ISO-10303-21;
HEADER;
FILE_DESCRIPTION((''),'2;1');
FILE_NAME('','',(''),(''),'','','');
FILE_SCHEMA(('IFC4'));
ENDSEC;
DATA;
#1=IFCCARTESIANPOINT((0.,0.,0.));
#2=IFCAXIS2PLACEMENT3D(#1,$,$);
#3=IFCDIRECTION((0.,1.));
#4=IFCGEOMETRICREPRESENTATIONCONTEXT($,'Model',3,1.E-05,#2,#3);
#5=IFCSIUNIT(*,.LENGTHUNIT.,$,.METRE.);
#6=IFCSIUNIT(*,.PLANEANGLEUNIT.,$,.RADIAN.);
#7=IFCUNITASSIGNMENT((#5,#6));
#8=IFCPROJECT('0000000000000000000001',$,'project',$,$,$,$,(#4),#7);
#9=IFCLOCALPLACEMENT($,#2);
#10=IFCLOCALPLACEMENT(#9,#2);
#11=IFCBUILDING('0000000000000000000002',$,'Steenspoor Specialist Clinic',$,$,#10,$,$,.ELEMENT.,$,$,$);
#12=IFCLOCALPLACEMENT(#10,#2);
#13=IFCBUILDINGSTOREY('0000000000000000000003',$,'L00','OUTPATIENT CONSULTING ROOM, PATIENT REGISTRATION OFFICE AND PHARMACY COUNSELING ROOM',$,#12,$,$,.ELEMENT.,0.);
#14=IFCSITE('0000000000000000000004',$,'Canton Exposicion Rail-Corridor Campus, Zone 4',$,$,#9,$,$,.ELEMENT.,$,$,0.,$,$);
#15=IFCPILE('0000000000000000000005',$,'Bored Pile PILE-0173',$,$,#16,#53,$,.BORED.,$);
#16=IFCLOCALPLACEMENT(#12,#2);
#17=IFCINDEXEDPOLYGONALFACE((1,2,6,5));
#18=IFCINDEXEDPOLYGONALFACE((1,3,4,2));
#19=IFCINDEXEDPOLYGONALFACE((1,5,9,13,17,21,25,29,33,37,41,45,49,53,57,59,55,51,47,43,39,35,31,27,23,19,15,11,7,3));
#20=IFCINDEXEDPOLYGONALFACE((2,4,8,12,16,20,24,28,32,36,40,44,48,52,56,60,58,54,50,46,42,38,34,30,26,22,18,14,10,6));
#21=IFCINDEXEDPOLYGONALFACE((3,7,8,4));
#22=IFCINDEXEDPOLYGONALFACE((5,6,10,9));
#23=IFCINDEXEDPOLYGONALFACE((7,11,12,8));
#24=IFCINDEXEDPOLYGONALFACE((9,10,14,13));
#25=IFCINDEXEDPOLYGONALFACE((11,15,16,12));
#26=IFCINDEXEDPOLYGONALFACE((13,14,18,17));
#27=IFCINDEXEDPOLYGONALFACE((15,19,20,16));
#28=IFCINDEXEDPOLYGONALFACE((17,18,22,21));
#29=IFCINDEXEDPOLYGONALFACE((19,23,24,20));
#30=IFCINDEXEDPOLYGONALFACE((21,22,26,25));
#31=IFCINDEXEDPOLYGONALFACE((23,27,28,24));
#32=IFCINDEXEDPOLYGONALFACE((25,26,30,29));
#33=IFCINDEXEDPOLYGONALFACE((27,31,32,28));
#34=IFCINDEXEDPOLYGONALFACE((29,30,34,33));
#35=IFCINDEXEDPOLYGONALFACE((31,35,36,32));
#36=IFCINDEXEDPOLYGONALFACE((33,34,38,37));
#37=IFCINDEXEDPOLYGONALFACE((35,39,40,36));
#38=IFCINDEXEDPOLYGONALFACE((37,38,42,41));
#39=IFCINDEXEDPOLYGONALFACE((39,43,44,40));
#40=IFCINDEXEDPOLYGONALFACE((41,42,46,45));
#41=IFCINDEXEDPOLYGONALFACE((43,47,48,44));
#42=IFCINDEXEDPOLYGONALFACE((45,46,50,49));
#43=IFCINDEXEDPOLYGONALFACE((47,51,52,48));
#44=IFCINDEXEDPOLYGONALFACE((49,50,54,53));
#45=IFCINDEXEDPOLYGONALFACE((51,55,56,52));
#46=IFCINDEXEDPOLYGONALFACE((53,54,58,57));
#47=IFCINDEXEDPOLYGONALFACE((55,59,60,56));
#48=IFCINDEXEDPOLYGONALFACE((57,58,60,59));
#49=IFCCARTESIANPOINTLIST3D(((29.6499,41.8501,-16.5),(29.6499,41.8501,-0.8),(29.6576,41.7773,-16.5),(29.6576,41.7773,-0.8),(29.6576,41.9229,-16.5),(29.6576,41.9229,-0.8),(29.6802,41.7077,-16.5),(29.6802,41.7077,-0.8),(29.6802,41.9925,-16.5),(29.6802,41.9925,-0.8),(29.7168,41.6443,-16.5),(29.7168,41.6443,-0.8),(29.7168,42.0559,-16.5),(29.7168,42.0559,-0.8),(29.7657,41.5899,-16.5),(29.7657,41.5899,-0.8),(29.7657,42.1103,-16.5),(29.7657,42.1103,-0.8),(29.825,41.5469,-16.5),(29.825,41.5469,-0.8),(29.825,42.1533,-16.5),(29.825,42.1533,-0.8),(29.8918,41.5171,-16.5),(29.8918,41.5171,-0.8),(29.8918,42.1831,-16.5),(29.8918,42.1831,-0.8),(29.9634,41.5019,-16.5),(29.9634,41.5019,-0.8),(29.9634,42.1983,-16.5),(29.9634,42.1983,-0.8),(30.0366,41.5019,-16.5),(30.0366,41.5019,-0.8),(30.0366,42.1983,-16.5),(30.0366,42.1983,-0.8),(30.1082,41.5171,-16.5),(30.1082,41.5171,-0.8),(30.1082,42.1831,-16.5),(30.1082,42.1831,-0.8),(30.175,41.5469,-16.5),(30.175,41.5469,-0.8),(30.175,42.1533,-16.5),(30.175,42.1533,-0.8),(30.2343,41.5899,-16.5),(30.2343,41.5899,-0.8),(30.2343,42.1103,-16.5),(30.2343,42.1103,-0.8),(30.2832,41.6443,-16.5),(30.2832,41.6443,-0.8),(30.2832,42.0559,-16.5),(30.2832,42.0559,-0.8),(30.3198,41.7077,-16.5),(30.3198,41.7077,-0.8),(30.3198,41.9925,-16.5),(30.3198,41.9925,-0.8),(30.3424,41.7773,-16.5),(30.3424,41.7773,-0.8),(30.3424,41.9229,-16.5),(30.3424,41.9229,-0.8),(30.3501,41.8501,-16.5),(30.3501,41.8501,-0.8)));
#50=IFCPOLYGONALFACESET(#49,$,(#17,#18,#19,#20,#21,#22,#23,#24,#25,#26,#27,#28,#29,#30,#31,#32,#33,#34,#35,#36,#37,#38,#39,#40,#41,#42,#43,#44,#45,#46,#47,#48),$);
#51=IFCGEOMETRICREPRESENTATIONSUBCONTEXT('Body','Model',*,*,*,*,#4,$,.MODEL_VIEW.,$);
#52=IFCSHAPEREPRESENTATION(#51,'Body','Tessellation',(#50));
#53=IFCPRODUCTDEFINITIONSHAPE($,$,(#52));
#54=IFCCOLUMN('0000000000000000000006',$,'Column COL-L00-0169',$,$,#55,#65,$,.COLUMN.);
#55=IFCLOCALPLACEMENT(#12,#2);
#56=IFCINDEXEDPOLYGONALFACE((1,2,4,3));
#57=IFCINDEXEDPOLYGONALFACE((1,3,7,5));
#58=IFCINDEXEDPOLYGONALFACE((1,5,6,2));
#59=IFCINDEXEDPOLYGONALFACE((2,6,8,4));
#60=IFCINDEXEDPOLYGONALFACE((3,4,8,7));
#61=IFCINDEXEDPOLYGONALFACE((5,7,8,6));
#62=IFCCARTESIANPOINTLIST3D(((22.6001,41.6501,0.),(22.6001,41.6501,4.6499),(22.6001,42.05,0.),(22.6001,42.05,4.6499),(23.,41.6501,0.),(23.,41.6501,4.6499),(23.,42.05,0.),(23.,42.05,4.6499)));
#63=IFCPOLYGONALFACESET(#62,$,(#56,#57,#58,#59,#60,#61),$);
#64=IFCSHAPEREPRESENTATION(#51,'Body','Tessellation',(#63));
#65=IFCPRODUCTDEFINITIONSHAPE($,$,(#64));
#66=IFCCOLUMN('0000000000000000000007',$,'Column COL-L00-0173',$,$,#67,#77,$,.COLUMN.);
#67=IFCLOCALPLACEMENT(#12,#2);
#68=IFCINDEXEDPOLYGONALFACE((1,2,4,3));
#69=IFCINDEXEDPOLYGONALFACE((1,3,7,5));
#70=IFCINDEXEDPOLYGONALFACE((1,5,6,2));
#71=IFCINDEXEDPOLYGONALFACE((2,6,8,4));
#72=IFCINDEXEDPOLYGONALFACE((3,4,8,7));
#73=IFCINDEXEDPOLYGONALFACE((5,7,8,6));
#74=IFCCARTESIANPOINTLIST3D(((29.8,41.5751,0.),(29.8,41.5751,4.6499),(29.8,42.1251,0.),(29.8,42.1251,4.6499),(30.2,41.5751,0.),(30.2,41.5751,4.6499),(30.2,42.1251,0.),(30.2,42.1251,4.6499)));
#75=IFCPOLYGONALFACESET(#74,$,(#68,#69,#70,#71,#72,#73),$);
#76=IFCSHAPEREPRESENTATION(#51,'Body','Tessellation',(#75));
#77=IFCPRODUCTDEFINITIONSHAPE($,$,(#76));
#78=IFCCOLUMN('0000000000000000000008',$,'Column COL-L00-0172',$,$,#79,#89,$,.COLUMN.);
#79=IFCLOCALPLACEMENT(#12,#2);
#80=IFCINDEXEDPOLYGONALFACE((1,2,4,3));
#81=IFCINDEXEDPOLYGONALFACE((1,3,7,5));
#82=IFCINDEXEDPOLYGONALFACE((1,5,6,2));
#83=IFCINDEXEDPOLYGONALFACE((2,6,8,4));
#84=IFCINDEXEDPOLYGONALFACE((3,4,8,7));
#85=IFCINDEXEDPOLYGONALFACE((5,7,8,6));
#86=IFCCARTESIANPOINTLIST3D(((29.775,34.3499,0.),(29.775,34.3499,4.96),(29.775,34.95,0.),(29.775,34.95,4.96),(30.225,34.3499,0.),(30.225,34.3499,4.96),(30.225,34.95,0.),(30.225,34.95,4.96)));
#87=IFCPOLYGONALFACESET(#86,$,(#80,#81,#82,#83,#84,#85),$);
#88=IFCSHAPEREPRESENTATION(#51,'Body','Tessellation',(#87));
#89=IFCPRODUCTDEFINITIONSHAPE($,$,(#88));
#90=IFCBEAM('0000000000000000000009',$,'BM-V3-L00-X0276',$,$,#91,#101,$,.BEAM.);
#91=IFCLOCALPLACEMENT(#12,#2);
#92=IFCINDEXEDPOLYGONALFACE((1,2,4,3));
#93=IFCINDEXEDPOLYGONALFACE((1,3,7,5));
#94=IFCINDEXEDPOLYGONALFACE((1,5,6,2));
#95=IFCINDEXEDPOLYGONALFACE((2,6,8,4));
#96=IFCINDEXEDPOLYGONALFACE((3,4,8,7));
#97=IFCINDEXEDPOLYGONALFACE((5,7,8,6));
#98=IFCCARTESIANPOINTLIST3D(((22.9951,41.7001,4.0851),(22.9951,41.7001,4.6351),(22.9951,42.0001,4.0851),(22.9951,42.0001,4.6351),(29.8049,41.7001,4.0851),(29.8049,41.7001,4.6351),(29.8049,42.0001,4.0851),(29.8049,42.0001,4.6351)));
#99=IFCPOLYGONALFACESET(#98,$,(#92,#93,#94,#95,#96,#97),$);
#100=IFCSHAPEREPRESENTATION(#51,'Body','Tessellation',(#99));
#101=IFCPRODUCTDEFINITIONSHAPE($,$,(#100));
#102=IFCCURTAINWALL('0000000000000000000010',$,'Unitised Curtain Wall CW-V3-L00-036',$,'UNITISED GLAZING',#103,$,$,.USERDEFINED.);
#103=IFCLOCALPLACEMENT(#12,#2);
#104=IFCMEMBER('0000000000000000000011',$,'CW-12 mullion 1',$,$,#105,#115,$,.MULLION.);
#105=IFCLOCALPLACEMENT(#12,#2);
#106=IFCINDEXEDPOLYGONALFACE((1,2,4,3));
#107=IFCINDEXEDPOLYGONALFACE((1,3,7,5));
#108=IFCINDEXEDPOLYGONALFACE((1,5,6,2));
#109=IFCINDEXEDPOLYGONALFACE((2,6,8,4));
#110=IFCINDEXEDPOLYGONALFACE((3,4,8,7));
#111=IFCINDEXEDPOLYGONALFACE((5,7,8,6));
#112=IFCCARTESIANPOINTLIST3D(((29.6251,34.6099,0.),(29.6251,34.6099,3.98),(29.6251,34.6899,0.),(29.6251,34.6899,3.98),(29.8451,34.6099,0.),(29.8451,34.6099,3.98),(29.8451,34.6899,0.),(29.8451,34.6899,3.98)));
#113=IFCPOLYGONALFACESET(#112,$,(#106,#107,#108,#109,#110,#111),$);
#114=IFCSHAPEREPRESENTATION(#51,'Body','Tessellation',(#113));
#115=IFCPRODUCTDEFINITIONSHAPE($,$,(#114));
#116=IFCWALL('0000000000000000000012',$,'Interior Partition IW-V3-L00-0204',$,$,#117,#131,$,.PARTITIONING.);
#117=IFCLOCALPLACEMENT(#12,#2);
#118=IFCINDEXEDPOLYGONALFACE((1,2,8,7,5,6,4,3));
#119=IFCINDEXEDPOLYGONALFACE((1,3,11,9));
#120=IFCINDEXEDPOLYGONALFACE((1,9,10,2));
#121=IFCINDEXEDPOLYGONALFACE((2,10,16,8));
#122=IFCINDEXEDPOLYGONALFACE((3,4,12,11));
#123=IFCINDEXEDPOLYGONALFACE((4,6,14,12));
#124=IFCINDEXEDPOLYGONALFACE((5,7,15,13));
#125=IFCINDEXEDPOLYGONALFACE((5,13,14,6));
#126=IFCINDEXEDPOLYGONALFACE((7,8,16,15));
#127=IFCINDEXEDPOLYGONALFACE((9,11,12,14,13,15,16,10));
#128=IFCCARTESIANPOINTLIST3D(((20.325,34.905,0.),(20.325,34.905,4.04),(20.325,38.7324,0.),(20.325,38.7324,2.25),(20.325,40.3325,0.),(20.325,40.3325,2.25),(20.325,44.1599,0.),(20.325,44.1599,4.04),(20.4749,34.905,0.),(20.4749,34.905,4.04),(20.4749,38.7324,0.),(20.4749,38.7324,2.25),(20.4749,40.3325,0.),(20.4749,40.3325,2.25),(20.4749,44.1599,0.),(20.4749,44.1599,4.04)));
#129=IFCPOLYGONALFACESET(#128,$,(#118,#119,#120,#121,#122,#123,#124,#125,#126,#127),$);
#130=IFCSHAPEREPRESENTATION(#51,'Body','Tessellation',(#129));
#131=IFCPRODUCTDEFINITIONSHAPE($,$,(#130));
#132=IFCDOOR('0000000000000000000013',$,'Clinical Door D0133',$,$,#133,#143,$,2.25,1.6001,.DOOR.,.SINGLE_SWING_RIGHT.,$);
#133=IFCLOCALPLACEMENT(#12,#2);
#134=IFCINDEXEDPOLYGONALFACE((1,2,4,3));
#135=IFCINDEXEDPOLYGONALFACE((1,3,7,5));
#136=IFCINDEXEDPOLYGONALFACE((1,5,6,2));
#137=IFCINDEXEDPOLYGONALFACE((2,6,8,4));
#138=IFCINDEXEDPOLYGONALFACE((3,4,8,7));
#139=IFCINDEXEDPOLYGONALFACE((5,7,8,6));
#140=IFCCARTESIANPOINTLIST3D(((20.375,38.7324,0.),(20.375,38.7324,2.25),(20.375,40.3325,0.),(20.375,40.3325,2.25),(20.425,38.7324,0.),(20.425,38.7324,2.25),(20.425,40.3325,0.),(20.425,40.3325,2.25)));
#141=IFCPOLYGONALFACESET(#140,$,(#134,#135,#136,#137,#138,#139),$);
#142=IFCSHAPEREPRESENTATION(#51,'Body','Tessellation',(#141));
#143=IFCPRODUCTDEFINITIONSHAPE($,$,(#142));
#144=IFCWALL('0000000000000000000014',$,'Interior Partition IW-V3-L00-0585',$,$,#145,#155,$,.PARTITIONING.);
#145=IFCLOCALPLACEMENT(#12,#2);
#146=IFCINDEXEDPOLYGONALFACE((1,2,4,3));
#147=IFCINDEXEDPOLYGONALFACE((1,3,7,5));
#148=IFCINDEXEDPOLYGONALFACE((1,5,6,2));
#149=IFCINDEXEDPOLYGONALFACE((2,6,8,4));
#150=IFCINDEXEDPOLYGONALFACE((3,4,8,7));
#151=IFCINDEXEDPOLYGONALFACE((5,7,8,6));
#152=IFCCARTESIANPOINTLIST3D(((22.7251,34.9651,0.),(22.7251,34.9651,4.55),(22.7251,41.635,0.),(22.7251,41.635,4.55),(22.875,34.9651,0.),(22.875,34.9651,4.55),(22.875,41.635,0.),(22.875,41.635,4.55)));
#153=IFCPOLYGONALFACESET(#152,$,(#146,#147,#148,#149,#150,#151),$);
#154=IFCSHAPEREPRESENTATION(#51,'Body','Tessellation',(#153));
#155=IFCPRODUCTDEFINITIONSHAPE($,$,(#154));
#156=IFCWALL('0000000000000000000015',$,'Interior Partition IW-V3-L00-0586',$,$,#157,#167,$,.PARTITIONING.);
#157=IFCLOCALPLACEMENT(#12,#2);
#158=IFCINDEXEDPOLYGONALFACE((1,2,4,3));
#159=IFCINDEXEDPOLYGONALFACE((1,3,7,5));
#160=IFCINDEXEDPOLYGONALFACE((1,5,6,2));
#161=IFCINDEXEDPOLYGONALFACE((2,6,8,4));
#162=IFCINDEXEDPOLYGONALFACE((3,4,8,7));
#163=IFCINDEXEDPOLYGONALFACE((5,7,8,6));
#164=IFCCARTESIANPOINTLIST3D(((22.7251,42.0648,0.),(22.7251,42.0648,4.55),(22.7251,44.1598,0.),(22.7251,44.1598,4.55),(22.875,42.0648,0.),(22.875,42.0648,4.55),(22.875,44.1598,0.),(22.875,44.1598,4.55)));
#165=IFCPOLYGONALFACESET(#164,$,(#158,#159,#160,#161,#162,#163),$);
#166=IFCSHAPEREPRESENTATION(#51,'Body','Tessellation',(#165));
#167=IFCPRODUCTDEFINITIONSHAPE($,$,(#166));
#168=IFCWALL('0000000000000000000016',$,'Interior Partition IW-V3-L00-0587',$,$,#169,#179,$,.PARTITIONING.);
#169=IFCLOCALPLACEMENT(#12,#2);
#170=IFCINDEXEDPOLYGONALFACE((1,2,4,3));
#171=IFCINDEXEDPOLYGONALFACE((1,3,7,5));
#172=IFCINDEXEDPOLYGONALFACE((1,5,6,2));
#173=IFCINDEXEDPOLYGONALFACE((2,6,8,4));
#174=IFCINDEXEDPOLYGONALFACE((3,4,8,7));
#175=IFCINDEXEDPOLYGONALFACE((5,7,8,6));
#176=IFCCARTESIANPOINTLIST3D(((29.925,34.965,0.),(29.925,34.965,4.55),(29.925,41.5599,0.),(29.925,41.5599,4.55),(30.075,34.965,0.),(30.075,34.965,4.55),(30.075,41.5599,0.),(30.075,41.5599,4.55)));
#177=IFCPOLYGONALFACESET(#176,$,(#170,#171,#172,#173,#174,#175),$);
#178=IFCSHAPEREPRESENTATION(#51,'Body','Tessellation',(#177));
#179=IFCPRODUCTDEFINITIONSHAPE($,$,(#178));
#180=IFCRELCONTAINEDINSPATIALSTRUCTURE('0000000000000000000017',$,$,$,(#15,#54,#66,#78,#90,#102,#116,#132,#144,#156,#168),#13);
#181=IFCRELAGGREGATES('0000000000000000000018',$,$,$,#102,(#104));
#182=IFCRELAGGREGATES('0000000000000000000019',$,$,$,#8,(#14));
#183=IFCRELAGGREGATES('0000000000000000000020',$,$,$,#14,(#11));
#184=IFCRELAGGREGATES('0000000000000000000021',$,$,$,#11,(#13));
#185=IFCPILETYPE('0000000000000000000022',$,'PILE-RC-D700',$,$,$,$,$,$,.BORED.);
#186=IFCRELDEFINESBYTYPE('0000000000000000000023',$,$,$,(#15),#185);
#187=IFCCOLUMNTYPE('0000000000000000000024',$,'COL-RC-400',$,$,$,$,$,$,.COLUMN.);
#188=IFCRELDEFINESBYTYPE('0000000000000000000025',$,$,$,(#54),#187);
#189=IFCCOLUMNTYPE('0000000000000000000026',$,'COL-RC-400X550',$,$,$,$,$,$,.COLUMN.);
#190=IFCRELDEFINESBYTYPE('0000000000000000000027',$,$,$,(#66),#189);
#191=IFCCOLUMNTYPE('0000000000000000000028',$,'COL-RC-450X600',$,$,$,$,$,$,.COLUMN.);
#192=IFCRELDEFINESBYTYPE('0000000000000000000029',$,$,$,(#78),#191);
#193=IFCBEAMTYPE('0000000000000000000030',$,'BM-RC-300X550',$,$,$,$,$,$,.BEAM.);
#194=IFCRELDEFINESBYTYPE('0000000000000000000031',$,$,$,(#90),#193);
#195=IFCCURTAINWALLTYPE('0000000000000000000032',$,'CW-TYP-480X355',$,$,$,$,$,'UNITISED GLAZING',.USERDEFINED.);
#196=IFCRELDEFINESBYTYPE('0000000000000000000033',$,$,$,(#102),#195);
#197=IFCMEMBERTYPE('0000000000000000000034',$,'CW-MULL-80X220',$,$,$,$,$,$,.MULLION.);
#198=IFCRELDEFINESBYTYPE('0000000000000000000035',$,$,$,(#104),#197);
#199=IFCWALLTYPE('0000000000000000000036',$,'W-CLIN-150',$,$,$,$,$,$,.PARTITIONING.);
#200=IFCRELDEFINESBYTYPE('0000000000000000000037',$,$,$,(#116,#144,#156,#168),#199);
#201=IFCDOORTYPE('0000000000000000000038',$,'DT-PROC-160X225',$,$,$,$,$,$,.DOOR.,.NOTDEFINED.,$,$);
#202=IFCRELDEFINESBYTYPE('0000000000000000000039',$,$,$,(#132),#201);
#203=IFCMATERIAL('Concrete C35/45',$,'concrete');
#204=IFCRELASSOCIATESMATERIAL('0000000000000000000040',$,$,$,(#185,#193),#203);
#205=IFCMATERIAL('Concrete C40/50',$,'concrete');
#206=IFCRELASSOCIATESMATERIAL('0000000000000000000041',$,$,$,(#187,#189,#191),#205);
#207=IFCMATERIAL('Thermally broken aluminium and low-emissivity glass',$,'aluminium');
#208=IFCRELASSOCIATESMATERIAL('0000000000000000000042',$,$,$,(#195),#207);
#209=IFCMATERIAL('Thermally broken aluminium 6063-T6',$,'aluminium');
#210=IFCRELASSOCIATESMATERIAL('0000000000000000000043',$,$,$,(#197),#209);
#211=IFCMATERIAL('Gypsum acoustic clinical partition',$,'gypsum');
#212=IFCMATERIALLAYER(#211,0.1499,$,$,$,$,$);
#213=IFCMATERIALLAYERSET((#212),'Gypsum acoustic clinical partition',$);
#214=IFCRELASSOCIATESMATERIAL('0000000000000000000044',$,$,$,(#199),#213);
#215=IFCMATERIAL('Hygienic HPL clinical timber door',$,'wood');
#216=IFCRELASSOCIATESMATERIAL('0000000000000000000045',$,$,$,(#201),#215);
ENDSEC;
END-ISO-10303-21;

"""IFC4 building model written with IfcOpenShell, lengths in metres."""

from ifc_helpers import new_model, si_unit, direction, frame, frame_2d, origin, origin_2d, place, context, subcontext, project, spatial, rectangle, circle, extrude, material, layer, layer_set, material_profile, profile_set, type_object, element, fill, aggregate, save


model = new_model("IFC4")

# Units and contexts
model_context = context("Model", 3, precision=1e-05, world=origin(), true_north=direction((0.0, 1.0)))
body_context = subcontext(model_context, "Body", "Model", "MODEL_VIEW")
ifc_project = project(units=[si_unit("LENGTHUNIT", "METRE"), si_unit("PLANEANGLEUNIT", "RADIAN")], contexts=[model_context])

# Site, building, storey
site_placement = place(None, origin())
site = spatial("IfcSite", under=ifc_project, at=site_placement, Name="Canton Exposicion Rail-Corridor Campus, Zone 4", CompositionType="ELEMENT", RefElevation=0.0)
building_placement = place(site_placement, origin())
building = spatial("IfcBuilding", under=site, at=building_placement, Name="Steenspoor Specialist Clinic", CompositionType="ELEMENT")
storey_placement = place(building_placement, origin())
storey = spatial("IfcBuildingStorey", under=building, at=storey_placement, Name="L00", Description="OUTPATIENT CONSULTING ROOM, PATIENT REGISTRATION OFFICE AND PHARMACY COUNSELING ROOM", CompositionType="ELEMENT", Elevation=0.0)

# Shared definitions
ifc_material_1 = material(Name="Concrete C35/45", Category="concrete")

# Pile
ifc_material_profile_1 = material_profile(ifc_material_1, circle(Radius=0.3501, at=origin_2d()), Name="PILE-D700")
ifc_profile_set_1 = profile_set([ifc_material_profile_1], Name="Concrete C35/45")
pile_type = type_object("IfcPileType", Name="PILE-RC-D700", PredefinedType="BORED", material=ifc_profile_set_1)
for number, where, z_axis, x_axis, name in (
    (1, (30.0, 41.8501, -0.8), (0.0, 0.0, -1.0), (1.0, 0.0, 0.0), "Bored Pile PILE-0173"),
):
    element("IfcPile", number, at=place(storey_placement, frame(where, z_axis=z_axis, x_axis=x_axis)), inside=storey, type_object=pile_type, Name=name, PredefinedType="BORED", context=body_context, shape_type="SweptSolid", body=[
        extrude(circle(Radius=0.3501, at=origin_2d()), origin(), (0.0, 0.0, 1.0), 15.7),
    ])

# Columns
ifc_material_2 = material(Name="Concrete C40/50", Category="concrete")
ifc_material_profile_2 = material_profile(ifc_material_2, rectangle(XDim=0.3999, YDim=0.3999, at=origin_2d()), Name="RC-COL-400X400")
ifc_profile_set_2 = profile_set([ifc_material_profile_2], Name="Concrete C40/50")
column_type_1 = type_object("IfcColumnType", Name="COL-RC-400", PredefinedType="COLUMN", material=ifc_profile_set_2)
column_1_placement = place(storey_placement, frame((22.8, 41.8501, 0.0), z_axis=(0.0, 0.0, 1.0), x_axis=(1.0, 0.0, 0.0)))
element("IfcColumn", 2, at=column_1_placement, inside=storey, type_object=column_type_1, Name="Column COL-L00-0169", PredefinedType="COLUMN", context=body_context, shape_type="SweptSolid", body=[
    extrude(rectangle(XDim=0.3999, YDim=0.3999, at=origin_2d()), origin(), (0.0, 0.0, 1.0), 4.6499),
])
ifc_material_profile_3 = material_profile(ifc_material_2, rectangle(XDim=0.3999, YDim=0.55, at=origin_2d()), Name="RC-COL-400X550")
ifc_profile_set_3 = profile_set([ifc_material_profile_3], Name="Concrete C40/50")
column_type_2 = type_object("IfcColumnType", Name="COL-RC-400X550", PredefinedType="COLUMN", material=ifc_profile_set_3)
column_2_placement = place(storey_placement, frame((30.0, 41.8501, 0.0), z_axis=(0.0, 0.0, 1.0), x_axis=(1.0, 0.0, 0.0)))
element("IfcColumn", 3, at=column_2_placement, inside=storey, type_object=column_type_2, Name="Column COL-L00-0173", PredefinedType="COLUMN", context=body_context, shape_type="SweptSolid", body=[
    extrude(rectangle(XDim=0.3999, YDim=0.55, at=origin_2d()), origin(), (0.0, 0.0, 1.0), 4.6499),
])
ifc_material_profile_4 = material_profile(ifc_material_2, rectangle(XDim=0.45, YDim=0.6001, at=origin_2d()), Name="RC-COL-450X600")
ifc_profile_set_4 = profile_set([ifc_material_profile_4], Name="Concrete C40/50")
column_type_3 = type_object("IfcColumnType", Name="COL-RC-450X600", PredefinedType="COLUMN", material=ifc_profile_set_4)
column_3_placement = place(storey_placement, frame((30.0, 34.6499, 0.0), z_axis=(0.0, 0.0, 1.0), x_axis=(1.0, 0.0, 0.0)))
element("IfcColumn", 4, at=column_3_placement, inside=storey, type_object=column_type_3, Name="Column COL-L00-0172", PredefinedType="COLUMN", context=body_context, shape_type="SweptSolid", body=[
    extrude(rectangle(XDim=0.45, YDim=0.6001, at=origin_2d()), origin(), (0.0, 0.0, 1.0), 4.96),
])

# Beam
ifc_material_profile_5 = material_profile(ifc_material_1, rectangle(XDim=0.3, YDim=0.55, at=origin_2d()), Name="RC-BM-300X550")
ifc_profile_set_5 = profile_set([ifc_material_profile_5], Name="Concrete C35/45")
beam_type = type_object("IfcBeamType", Name="BM-RC-300X550", PredefinedType="BEAM", material=ifc_profile_set_5)
beam_placement = place(storey_placement, frame((22.9951, 41.8501, 4.3601), z_axis=(1.0, 0.0, 0.0), x_axis=(0.0, 1.0, 0.0)))
element("IfcBeam", 5, at=beam_placement, inside=storey, type_object=beam_type, Name="BM-V3-L00-X0276", PredefinedType="BEAM", context=body_context, shape_type="SweptSolid", body=[
    extrude(rectangle(XDim=0.3, YDim=0.55, at=origin_2d()), origin(), (0.0, 0.0, 1.0), 6.8098),
])

# Curtain wall, member
ifc_material_3 = material(Name="Thermally broken aluminium and low-emissivity glass", Category="aluminium")
curtain_wall_type = type_object("IfcCurtainWallType", Name="CW-TYP-480X355", ElementType="UNITISED GLAZING", PredefinedType="USERDEFINED", material=ifc_material_3)
curtain_wall_placement = place(storey_placement, origin())
curtain_wall = element("IfcCurtainWall", 6, at=curtain_wall_placement, inside=storey, type_object=curtain_wall_type, Name="Unitised Curtain Wall CW-V3-L00-036", ObjectType="UNITISED GLAZING", PredefinedType="USERDEFINED")
ifc_material_4 = material(Name="Thermally broken aluminium 6063-T6", Category="aluminium")
ifc_material_profile_6 = material_profile(ifc_material_4, rectangle(XDim=0.0801, YDim=0.22, at=origin_2d()), Name="CWM-80X220")
ifc_profile_set_6 = profile_set([ifc_material_profile_6], Name="Thermally broken aluminium 6063-T6")
member_type = type_object("IfcMemberType", Name="CW-MULL-80X220", PredefinedType="MULLION", material=ifc_profile_set_6)
member_placement = place(storey_placement, frame((29.7351, 34.6499, 0.0), z_axis=(0.0, 0.0, 1.0), x_axis=(0.0, -1.0, 0.0)))
member = element("IfcMember", 7, at=member_placement, type_object=member_type, Name="CW-12 mullion 1", PredefinedType="MULLION", context=body_context, shape_type="SweptSolid", body=[
    extrude(rectangle(XDim=0.0801, YDim=0.22, at=origin_2d()), origin(), (0.0, 0.0, 1.0), 3.98),
])
aggregate(curtain_wall, [member])

# Wall, opening, door
ifc_material_5 = material(Name="Gypsum acoustic clinical partition", Category="gypsum")
ifc_layer = layer(ifc_material_5, 0.1499)
ifc_layer_set = layer_set([ifc_layer], Name="Gypsum acoustic clinical partition")
wall_type = type_object("IfcWallType", Name="W-CLIN-150", PredefinedType="PARTITIONING", material=ifc_layer_set)
wall_1_placement = place(storey_placement, frame((20.3999, 34.905, 0.0), z_axis=(0.0, 0.0, 1.0), x_axis=(0.0, 1.0, 0.0)))
wall_1 = element("IfcWall", 8, at=wall_1_placement, inside=storey, type_object=wall_type, Name="Interior Partition IW-V3-L00-0204", PredefinedType="PARTITIONING", context=body_context, shape_type="SweptSolid", body=[
    extrude(rectangle(XDim=9.2549, YDim=0.1499, at=frame_2d((4.6274, 0.0))), origin(), (0.0, 0.0, 1.0), 4.04),
])
opening_placement = place(wall_1_placement, frame((3.8274, 0.0, 0.0)))
opening = element("IfcOpeningElement", 9, at=opening_placement, cuts=wall_1, PredefinedType="OPENING", context=body_context, shape_type="SweptSolid", body=[
    extrude(rectangle(XDim=1.6001, YDim=2.25, at=frame_2d((0.8, 1.125))), frame((0.0, 0.085, 0.0), z_axis=(0.0, -1.0, 0.0), x_axis=(1.0, 0.0, 0.0)), (0.0, 0.0, 1.0), 0.1699),
])
ifc_material_6 = material(Name="Hygienic HPL clinical timber door", Category="wood")
door_type = type_object("IfcDoorType", Name="DT-PROC-160X225", OperationType="NOTDEFINED", PredefinedType="DOOR", material=ifc_material_6)
door_placement = place(opening_placement, origin())
door = element("IfcDoor", 10, at=door_placement, inside=storey, type_object=door_type, Name="Clinical Door D0133", OperationType="SINGLE_SWING_RIGHT", OverallHeight=2.25, OverallWidth=1.6001, PredefinedType="DOOR", context=body_context, shape_type="SweptSolid", body=[
    extrude(rectangle(XDim=1.6001, YDim=2.25, at=frame_2d((0.8, 1.125))), frame((0.0, 0.0249, 0.0), z_axis=(0.0, -1.0, 0.0), x_axis=(1.0, 0.0, 0.0)), (0.0, 0.0, 1.0), 0.05),
])
fill(opening, door)

# Walls
wall_2_placement = place(storey_placement, frame((22.8, 34.9651, 0.0), z_axis=(0.0, 0.0, 1.0), x_axis=(0.0, 1.0, 0.0)))
element("IfcWall", 11, at=wall_2_placement, inside=storey, type_object=wall_type, Name="Interior Partition IW-V3-L00-0585", PredefinedType="PARTITIONING", context=body_context, shape_type="SweptSolid", body=[
    extrude(rectangle(XDim=6.6699, YDim=0.1499, at=frame_2d((3.335, 0.0))), origin(), (0.0, 0.0, 1.0), 4.55),
])
wall_3_placement = place(storey_placement, frame((22.8, 42.0649, 0.0), z_axis=(0.0, 0.0, 1.0), x_axis=(0.0, 1.0, 0.0)))
element("IfcWall", 12, at=wall_3_placement, inside=storey, type_object=wall_type, Name="Interior Partition IW-V3-L00-0586", PredefinedType="PARTITIONING", context=body_context, shape_type="SweptSolid", body=[
    extrude(rectangle(XDim=2.095, YDim=0.1499, at=frame_2d((1.0474, 0.0))), origin(), (0.0, 0.0, 1.0), 4.55),
])
wall_4_placement = place(storey_placement, frame((30.0, 34.9651, 0.0), z_axis=(0.0, 0.0, 1.0), x_axis=(0.0, 1.0, 0.0)))
element("IfcWall", 13, at=wall_4_placement, inside=storey, type_object=wall_type, Name="Interior Partition IW-V3-L00-0587", PredefinedType="PARTITIONING", context=body_context, shape_type="SweptSolid", body=[
    extrude(rectangle(XDim=6.595, YDim=0.1499, at=frame_2d((3.2974, 0.0))), origin(), (0.0, 0.0, 1.0), 4.55),
])

save(model, "model.ifc")
